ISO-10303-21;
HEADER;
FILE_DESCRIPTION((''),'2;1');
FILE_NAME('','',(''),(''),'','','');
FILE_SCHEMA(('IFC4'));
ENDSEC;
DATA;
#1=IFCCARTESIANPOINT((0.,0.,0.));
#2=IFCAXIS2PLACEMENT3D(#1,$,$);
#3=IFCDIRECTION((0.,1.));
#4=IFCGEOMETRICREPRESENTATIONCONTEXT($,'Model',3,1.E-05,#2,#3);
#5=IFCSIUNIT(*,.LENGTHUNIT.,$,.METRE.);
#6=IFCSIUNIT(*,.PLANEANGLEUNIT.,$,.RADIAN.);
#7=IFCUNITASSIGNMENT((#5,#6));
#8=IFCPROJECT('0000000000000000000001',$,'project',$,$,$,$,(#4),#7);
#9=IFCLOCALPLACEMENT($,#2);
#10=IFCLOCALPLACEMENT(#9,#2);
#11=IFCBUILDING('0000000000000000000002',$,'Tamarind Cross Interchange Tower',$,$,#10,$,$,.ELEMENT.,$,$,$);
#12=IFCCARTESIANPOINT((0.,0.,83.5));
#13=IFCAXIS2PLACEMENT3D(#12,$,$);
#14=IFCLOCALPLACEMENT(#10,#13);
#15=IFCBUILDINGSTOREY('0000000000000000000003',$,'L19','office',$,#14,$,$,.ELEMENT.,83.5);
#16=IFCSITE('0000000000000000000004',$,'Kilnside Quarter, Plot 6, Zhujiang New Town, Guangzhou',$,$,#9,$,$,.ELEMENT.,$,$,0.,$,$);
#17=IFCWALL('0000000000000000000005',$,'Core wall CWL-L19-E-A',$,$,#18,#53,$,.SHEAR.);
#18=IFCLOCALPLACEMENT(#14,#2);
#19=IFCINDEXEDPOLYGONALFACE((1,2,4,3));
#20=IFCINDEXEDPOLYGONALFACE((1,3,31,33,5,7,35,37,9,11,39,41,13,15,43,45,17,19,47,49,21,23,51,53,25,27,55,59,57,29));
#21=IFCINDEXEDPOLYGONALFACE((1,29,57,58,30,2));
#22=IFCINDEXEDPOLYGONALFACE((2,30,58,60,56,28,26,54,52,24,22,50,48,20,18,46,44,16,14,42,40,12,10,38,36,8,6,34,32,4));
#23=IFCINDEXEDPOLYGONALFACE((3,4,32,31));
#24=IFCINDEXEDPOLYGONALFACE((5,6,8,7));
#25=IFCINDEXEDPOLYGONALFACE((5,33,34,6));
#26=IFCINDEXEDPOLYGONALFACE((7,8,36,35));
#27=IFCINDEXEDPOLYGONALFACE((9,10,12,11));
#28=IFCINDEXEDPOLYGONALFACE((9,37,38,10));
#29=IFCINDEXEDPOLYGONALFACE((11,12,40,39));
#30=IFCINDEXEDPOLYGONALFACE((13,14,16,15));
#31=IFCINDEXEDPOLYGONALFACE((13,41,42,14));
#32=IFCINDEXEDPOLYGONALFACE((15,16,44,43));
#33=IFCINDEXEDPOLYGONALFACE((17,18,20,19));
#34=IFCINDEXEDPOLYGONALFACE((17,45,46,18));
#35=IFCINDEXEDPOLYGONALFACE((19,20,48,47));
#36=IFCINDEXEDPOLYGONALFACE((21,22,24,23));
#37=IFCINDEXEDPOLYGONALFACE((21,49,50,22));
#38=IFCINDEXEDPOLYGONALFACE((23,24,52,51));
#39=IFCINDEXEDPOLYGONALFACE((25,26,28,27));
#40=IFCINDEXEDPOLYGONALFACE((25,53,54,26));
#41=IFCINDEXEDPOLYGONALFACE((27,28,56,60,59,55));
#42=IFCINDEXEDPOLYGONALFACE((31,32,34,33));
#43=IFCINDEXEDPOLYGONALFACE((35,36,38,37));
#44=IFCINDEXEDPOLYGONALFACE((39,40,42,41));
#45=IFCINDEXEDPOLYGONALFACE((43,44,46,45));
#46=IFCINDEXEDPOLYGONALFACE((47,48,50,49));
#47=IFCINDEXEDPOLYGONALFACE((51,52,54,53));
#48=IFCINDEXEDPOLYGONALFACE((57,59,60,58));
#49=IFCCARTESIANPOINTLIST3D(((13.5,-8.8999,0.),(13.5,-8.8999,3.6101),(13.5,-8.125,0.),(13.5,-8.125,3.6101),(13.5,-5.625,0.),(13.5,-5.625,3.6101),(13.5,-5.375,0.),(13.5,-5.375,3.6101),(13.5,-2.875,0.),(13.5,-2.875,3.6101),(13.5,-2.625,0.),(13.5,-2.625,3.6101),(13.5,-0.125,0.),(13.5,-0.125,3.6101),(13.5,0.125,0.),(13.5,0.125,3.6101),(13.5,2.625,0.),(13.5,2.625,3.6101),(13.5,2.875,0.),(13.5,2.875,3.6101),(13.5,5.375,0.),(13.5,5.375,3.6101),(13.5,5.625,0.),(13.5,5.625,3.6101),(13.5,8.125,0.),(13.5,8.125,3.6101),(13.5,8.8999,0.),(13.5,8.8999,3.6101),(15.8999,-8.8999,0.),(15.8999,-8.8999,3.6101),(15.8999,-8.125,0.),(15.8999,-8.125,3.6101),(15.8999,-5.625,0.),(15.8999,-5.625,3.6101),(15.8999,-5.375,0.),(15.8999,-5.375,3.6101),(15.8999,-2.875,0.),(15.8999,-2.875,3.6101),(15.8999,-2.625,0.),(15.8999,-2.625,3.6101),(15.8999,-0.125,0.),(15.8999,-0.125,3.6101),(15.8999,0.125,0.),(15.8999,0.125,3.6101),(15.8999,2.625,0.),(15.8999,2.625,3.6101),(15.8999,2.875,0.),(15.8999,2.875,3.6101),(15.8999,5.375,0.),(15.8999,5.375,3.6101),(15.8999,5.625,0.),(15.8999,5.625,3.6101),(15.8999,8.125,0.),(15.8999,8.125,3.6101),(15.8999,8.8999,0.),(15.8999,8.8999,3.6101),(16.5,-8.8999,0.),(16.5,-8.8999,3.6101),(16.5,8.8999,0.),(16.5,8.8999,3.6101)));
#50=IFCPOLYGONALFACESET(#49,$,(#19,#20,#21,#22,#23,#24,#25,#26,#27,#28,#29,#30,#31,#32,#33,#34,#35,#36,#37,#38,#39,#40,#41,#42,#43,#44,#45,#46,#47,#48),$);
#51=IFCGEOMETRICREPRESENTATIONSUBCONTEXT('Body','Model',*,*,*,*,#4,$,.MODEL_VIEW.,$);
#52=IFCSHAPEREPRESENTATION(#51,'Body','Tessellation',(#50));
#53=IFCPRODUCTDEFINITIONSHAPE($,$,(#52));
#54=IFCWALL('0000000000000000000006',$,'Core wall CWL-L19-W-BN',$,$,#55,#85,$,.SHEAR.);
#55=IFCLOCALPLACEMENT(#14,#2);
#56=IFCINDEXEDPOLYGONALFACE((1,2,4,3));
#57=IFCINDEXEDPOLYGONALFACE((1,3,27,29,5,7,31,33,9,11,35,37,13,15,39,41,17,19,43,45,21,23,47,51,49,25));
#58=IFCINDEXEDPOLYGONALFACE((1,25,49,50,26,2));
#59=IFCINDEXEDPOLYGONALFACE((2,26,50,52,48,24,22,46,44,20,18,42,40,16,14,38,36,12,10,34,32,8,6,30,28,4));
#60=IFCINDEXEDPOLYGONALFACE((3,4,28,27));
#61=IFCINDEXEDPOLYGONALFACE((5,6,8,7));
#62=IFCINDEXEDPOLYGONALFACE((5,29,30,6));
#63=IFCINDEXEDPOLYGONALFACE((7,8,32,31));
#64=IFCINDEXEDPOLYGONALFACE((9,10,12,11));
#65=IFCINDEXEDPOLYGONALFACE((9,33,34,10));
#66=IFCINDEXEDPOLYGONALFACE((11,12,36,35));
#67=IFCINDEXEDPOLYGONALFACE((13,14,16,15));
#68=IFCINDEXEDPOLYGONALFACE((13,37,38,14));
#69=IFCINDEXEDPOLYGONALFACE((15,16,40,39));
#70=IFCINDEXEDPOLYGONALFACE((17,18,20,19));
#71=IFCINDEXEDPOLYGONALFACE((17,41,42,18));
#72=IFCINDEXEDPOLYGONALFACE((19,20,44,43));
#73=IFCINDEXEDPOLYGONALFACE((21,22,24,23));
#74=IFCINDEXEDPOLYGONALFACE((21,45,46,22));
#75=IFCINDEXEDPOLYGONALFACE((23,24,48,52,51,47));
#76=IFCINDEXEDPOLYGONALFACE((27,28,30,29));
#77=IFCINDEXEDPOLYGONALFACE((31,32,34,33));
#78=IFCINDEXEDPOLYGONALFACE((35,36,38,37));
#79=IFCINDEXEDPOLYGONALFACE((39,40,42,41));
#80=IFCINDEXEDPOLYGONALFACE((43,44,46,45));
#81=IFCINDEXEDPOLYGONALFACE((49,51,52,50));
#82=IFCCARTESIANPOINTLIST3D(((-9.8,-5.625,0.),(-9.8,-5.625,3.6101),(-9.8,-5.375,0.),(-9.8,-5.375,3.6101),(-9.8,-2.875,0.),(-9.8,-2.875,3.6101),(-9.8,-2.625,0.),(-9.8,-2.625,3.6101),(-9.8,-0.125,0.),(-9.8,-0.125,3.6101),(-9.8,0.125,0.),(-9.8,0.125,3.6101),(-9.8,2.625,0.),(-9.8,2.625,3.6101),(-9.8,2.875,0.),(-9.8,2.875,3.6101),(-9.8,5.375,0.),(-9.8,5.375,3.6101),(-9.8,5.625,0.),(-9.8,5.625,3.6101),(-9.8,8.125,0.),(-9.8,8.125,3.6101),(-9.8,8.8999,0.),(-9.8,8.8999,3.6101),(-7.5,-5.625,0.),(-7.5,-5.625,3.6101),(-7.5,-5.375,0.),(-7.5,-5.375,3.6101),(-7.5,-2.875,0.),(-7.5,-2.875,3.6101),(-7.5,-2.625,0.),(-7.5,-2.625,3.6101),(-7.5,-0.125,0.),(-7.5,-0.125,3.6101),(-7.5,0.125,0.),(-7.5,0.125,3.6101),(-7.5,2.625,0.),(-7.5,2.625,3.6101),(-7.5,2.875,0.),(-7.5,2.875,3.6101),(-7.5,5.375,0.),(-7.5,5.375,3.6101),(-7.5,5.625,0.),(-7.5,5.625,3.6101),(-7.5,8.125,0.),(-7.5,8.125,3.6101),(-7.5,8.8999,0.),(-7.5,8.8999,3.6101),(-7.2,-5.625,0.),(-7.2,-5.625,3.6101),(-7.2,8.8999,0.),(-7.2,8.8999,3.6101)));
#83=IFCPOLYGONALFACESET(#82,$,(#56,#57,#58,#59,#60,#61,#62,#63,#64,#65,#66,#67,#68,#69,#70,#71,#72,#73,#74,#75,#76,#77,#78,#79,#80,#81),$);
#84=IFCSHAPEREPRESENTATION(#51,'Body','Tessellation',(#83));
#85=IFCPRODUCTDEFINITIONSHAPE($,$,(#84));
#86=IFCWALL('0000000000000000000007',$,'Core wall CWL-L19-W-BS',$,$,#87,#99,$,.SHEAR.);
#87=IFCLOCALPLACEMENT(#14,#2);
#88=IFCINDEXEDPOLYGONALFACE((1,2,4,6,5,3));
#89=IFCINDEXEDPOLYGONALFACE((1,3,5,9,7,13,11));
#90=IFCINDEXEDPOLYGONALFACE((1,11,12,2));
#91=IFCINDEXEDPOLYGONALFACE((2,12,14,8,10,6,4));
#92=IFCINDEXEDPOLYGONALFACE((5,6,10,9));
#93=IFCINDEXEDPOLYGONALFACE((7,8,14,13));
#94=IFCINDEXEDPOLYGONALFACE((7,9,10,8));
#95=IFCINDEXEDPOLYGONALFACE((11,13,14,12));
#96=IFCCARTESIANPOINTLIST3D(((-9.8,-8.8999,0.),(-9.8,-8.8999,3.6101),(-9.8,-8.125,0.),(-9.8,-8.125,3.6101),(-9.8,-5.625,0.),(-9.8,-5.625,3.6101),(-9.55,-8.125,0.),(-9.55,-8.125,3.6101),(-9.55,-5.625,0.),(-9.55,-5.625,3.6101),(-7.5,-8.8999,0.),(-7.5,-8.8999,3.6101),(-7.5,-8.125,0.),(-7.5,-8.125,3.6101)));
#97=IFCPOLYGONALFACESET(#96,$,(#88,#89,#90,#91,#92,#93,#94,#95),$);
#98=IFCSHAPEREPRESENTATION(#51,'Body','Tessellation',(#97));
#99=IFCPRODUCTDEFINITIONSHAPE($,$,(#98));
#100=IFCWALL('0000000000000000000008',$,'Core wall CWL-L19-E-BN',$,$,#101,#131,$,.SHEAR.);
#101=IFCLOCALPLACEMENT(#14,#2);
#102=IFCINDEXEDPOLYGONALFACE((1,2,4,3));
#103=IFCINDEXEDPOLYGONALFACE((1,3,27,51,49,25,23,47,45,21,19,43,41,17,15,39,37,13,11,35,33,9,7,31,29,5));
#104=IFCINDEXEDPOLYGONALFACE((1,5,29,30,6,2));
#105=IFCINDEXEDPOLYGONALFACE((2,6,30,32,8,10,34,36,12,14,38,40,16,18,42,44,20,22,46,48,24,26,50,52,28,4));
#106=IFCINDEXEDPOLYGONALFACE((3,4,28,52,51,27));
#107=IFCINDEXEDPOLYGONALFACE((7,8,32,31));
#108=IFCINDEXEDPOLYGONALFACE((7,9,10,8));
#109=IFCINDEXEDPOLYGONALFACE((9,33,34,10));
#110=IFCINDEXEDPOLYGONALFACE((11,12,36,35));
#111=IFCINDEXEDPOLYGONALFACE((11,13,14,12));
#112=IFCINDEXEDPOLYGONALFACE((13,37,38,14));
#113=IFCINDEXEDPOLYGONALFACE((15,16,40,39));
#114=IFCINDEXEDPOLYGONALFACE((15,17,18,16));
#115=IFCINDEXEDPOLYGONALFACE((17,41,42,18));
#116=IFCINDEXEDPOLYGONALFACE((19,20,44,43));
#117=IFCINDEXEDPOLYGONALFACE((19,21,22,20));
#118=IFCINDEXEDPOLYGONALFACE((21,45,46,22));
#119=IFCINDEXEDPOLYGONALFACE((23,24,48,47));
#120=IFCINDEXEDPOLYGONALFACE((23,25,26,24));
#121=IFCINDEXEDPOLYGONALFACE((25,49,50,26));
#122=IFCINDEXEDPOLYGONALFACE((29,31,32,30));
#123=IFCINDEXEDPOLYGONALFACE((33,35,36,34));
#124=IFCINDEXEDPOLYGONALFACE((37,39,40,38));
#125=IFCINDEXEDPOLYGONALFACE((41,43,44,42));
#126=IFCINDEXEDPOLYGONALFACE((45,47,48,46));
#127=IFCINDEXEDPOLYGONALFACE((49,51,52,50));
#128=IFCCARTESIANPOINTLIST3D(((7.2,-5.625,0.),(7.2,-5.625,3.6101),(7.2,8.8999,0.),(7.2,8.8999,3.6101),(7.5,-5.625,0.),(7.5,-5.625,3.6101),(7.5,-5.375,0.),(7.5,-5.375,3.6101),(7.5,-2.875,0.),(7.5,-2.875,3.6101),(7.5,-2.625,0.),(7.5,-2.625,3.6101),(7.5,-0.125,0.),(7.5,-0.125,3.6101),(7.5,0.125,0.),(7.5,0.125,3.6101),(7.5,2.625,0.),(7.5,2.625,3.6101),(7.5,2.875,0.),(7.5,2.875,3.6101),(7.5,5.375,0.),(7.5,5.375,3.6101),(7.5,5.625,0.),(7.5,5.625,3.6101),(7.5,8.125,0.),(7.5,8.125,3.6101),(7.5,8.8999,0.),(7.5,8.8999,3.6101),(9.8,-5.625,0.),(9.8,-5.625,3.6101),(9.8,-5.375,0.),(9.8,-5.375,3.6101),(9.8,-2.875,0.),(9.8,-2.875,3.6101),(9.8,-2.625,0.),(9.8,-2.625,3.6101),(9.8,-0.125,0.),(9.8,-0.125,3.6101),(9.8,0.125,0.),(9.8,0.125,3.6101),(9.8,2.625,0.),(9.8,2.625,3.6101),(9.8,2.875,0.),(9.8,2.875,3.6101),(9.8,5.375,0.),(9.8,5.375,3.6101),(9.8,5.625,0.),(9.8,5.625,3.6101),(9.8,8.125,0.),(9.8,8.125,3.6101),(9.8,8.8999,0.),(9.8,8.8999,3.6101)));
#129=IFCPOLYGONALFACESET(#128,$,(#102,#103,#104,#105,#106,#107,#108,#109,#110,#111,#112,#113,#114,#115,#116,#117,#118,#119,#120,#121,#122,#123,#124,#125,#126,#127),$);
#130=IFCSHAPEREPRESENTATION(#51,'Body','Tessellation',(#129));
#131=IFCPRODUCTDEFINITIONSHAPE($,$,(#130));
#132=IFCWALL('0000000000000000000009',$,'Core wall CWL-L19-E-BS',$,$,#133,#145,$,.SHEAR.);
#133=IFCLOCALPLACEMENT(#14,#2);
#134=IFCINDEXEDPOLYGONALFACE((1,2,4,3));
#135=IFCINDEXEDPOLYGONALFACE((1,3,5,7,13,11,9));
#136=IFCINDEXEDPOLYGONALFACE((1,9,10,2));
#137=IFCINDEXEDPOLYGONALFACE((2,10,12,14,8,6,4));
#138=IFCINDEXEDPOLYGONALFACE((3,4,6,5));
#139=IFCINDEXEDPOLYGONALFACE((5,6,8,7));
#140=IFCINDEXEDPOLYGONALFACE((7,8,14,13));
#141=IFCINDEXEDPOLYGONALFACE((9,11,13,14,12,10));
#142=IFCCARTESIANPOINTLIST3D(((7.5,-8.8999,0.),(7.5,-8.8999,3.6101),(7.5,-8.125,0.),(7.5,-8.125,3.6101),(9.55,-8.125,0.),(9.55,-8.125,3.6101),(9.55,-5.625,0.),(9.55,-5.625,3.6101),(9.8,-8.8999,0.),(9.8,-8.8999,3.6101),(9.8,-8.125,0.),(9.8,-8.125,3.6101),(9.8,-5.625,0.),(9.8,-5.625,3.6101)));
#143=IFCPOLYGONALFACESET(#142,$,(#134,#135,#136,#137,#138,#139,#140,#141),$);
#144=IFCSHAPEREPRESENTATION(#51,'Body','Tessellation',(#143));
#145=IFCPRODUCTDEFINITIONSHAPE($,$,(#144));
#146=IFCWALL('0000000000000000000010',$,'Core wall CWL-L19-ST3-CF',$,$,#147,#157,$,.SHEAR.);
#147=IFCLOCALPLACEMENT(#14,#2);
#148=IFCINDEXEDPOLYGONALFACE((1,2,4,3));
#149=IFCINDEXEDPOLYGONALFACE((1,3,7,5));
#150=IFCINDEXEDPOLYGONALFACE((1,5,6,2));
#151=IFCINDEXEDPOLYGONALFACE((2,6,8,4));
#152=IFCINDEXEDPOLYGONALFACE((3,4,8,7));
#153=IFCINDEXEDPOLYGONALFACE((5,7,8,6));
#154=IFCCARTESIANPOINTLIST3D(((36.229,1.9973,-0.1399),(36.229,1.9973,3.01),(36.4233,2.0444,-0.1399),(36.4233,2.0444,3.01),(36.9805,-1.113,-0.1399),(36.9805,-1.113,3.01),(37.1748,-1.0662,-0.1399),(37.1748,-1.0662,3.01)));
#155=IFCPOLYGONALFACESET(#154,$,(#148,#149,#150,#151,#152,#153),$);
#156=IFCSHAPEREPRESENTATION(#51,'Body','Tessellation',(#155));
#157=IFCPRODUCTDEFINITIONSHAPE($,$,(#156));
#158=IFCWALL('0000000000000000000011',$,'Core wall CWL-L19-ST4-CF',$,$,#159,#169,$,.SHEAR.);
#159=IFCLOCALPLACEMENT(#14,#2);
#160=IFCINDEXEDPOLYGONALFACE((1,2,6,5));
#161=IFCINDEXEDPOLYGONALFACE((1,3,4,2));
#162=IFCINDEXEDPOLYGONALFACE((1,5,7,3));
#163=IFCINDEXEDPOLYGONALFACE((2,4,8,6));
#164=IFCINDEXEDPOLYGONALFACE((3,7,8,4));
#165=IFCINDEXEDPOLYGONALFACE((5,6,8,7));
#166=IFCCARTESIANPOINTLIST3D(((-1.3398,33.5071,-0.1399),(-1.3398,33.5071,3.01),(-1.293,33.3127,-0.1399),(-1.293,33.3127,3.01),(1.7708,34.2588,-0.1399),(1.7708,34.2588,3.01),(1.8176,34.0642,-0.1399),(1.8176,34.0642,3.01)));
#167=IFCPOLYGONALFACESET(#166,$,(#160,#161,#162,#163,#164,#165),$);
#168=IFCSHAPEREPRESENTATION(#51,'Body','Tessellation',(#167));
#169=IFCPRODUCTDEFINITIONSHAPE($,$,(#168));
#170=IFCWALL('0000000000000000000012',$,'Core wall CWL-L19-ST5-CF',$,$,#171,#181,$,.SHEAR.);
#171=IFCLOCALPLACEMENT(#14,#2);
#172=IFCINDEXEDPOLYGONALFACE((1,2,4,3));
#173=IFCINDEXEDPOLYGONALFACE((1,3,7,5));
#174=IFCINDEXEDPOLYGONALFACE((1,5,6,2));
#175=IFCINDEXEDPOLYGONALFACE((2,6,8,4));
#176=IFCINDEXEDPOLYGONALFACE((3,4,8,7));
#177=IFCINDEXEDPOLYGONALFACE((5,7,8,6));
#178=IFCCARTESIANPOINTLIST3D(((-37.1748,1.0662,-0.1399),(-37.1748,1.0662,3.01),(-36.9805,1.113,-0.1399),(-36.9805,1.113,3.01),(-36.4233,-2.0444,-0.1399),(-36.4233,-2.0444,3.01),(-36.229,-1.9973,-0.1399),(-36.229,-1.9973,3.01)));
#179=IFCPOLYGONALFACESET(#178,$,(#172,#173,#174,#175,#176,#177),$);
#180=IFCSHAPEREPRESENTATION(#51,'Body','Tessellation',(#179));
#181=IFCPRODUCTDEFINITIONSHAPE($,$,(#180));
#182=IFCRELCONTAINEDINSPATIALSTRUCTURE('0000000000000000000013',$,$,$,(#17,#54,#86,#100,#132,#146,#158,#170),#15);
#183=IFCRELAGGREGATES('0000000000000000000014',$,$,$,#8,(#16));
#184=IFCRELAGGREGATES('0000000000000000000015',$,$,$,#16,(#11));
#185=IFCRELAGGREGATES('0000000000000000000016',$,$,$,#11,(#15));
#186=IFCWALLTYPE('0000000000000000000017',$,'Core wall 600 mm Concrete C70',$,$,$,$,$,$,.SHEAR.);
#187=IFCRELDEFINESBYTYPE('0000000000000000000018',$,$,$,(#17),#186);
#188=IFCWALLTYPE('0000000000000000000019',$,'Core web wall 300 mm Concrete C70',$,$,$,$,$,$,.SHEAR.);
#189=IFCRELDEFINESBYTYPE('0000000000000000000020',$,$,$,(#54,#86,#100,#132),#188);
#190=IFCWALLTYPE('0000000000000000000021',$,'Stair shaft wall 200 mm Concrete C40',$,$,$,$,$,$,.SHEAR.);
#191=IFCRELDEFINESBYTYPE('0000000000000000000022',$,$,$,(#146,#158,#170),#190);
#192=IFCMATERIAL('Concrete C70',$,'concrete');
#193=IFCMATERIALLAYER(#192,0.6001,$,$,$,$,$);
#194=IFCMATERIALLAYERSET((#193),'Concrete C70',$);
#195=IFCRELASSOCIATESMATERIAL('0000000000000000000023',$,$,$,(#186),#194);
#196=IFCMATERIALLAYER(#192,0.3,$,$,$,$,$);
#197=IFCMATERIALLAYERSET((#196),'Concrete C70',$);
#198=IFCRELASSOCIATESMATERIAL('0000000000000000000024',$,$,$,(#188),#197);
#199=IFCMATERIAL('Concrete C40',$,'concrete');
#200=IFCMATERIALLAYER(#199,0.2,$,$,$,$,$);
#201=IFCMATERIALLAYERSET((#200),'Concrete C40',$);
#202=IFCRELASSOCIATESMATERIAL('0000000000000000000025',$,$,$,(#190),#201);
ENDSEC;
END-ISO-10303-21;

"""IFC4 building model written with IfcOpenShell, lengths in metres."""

from ifc_helpers import new_model, si_unit, direction, frame, origin, place, context, subcontext, project, spatial, polyline, outline, extrude, material, layer, layer_set, type_object, element, save


model = new_model("IFC4")

# Units and contexts
model_context = context("Model", 3, precision=1e-05, world=origin(), true_north=direction((0.0, 1.0)))
body_context = subcontext(model_context, "Body", "Model", "MODEL_VIEW")
ifc_project = project(units=[si_unit("LENGTHUNIT", "METRE"), si_unit("PLANEANGLEUNIT", "RADIAN")], contexts=[model_context])

# Site, building, storey
site_placement = place(None, origin())
site = spatial("IfcSite", under=ifc_project, at=site_placement, Name="Kilnside Quarter, Plot 6, Zhujiang New Town, Guangzhou", CompositionType="ELEMENT", RefElevation=0.0)
building_placement = place(site_placement, origin())
building = spatial("IfcBuilding", under=site, at=building_placement, Name="Tamarind Cross Interchange Tower", CompositionType="ELEMENT")
storey_placement = place(building_placement, frame((0.0, 0.0, 83.5)))
storey = spatial("IfcBuildingStorey", under=building, at=storey_placement, Name="L19", Description="office", CompositionType="ELEMENT", Elevation=83.5)

# Shared definitions
ifc_material_1 = material(Name="Concrete C40", Category="concrete")

# Walls
ifc_material_2 = material(Name="Concrete C70", Category="concrete")
ifc_layer_1 = layer(ifc_material_2, 0.6001)
ifc_layer_set_1 = layer_set([ifc_layer_1], Name="Concrete C70")
wall_type_1 = type_object("IfcWallType", Name="Core wall 600 mm Concrete C70", PredefinedType="SHEAR", material=ifc_layer_set_1)
wall_1_placement = place(storey_placement, origin())
element("IfcWall", 1, at=wall_1_placement, inside=storey, type_object=wall_type_1, Name="Core wall CWL-L19-E-A", PredefinedType="SHEAR", context=body_context, shape_type="SweptSolid", body=[
    extrude(outline(polyline([(13.5, -8.8999), (15.8999, -8.8999), (16.5, -8.8999), (16.5, 8.8999), (15.8999, 8.8999), (13.5, 8.8999), (13.5, 8.125), (15.8999, 8.125), (15.8999, 5.625), (13.5, 5.625), (13.5, 5.375), (15.8999, 5.375), (15.8999, 2.875), (13.5, 2.875), (13.5, 2.625), (15.8999, 2.625), (15.8999, 0.125), (13.5, 0.125), (13.5, -0.125), (15.8999, -0.125), (15.8999, -2.625), (13.5, -2.625), (13.5, -2.875), (15.8999, -2.875), (15.8999, -5.375), (13.5, -5.375), (13.5, -5.625), (15.8999, -5.625), (15.8999, -8.125), (13.5, -8.125), (13.5, -8.8999)])), origin(), (0.0, 0.0, 1.0), 3.6101),
])
ifc_layer_2 = layer(ifc_material_2, 0.3)
ifc_layer_set_2 = layer_set([ifc_layer_2], Name="Concrete C70")
wall_type_2 = type_object("IfcWallType", Name="Core web wall 300 mm Concrete C70", PredefinedType="SHEAR", material=ifc_layer_set_2)
wall_2_placement = place(storey_placement, origin())
element("IfcWall", 2, at=wall_2_placement, inside=storey, type_object=wall_type_2, Name="Core wall CWL-L19-W-BN", PredefinedType="SHEAR", context=body_context, shape_type="SweptSolid", body=[
    extrude(outline(polyline([(-9.8, -5.375), (-9.8, -5.625), (-7.5, -5.625), (-7.2, -5.625), (-7.2, 8.8999), (-7.5, 8.8999), (-9.8, 8.8999), (-9.8, 8.125), (-7.5, 8.125), (-7.5, 5.625), (-9.8, 5.625), (-9.8, 5.375), (-7.5, 5.375), (-7.5, 2.875), (-9.8, 2.875), (-9.8, 2.625), (-7.5, 2.625), (-7.5, 0.125), (-9.8, 0.125), (-9.8, -0.125), (-7.5, -0.125), (-7.5, -2.625), (-9.8, -2.625), (-9.8, -2.875), (-7.5, -2.875), (-7.5, -5.375), (-9.8, -5.375)])), origin(), (0.0, 0.0, 1.0), 3.6101),
])
wall_3_placement = place(storey_placement, origin())
element("IfcWall", 3, at=wall_3_placement, inside=storey, type_object=wall_type_2, Name="Core wall CWL-L19-W-BS", PredefinedType="SHEAR", context=body_context, shape_type="SweptSolid", body=[
    extrude(outline(polyline([(-7.5, -8.125), (-9.55, -8.125), (-9.55, -5.625), (-9.8, -5.625), (-9.8, -8.125), (-9.8, -8.8999), (-7.5, -8.8999), (-7.5, -8.125)])), origin(), (0.0, 0.0, 1.0), 3.6101),
])
wall_4_placement = place(storey_placement, origin())
element("IfcWall", 4, at=wall_4_placement, inside=storey, type_object=wall_type_2, Name="Core wall CWL-L19-E-BN", PredefinedType="SHEAR", context=body_context, shape_type="SweptSolid", body=[
    extrude(outline(polyline([(9.8, -5.375), (7.5, -5.375), (7.5, -2.875), (9.8, -2.875), (9.8, -2.625), (7.5, -2.625), (7.5, -0.125), (9.8, -0.125), (9.8, 0.125), (7.5, 0.125), (7.5, 2.625), (9.8, 2.625), (9.8, 2.875), (7.5, 2.875), (7.5, 5.375), (9.8, 5.375), (9.8, 5.625), (7.5, 5.625), (7.5, 8.125), (9.8, 8.125), (9.8, 8.8999), (7.5, 8.8999), (7.2, 8.8999), (7.2, -5.625), (7.5, -5.625), (9.8, -5.625), (9.8, -5.375)])), origin(), (0.0, 0.0, 1.0), 3.6101),
])
wall_5_placement = place(storey_placement, origin())
element("IfcWall", 5, at=wall_5_placement, inside=storey, type_object=wall_type_2, Name="Core wall CWL-L19-E-BS", PredefinedType="SHEAR", context=body_context, shape_type="SweptSolid", body=[
    extrude(outline(polyline([(7.5, -8.125), (7.5, -8.8999), (9.8, -8.8999), (9.8, -8.125), (9.8, -5.625), (9.55, -5.625), (9.55, -8.125), (7.5, -8.125)])), origin(), (0.0, 0.0, 1.0), 3.6101),
])
ifc_layer_3 = layer(ifc_material_1, 0.2)
ifc_layer_set_3 = layer_set([ifc_layer_3], Name="Concrete C40")
wall_type_3 = type_object("IfcWallType", Name="Stair shaft wall 200 mm Concrete C40", PredefinedType="SHEAR", material=ifc_layer_set_3)
wall_6_placement = place(storey_placement, frame((0.0, 0.0, -0.1399)))
element("IfcWall", 6, at=wall_6_placement, inside=storey, type_object=wall_type_3, Name="Core wall CWL-L19-ST3-CF", PredefinedType="SHEAR", context=body_context, shape_type="SweptSolid", body=[
    extrude(outline(polyline([(36.9805, -1.113), (37.1748, -1.0662), (36.4233, 2.0444), (36.229, 1.9973), (36.9805, -1.113)])), origin(), (0.0, 0.0, 1.0), 3.1499),
])
wall_7_placement = place(storey_placement, frame((0.0, 0.0, -0.1399)))
element("IfcWall", 7, at=wall_7_placement, inside=storey, type_object=wall_type_3, Name="Core wall CWL-L19-ST4-CF", PredefinedType="SHEAR", context=body_context, shape_type="SweptSolid", body=[
    extrude(outline(polyline([(1.8176, 34.0642), (1.7708, 34.2588), (-1.3398, 33.5071), (-1.293, 33.3127), (1.8176, 34.0642)])), origin(), (0.0, 0.0, 1.0), 3.1499),
])
wall_8_placement = place(storey_placement, frame((0.0, 0.0, -0.1399)))
element("IfcWall", 8, at=wall_8_placement, inside=storey, type_object=wall_type_3, Name="Core wall CWL-L19-ST5-CF", PredefinedType="SHEAR", context=body_context, shape_type="SweptSolid", body=[
    extrude(outline(polyline([(-36.9805, 1.113), (-37.1748, 1.0662), (-36.4233, -2.0444), (-36.229, -1.9973), (-36.9805, 1.113)])), origin(), (0.0, 0.0, 1.0), 3.1499),
])

save(model, "model.ifc")
